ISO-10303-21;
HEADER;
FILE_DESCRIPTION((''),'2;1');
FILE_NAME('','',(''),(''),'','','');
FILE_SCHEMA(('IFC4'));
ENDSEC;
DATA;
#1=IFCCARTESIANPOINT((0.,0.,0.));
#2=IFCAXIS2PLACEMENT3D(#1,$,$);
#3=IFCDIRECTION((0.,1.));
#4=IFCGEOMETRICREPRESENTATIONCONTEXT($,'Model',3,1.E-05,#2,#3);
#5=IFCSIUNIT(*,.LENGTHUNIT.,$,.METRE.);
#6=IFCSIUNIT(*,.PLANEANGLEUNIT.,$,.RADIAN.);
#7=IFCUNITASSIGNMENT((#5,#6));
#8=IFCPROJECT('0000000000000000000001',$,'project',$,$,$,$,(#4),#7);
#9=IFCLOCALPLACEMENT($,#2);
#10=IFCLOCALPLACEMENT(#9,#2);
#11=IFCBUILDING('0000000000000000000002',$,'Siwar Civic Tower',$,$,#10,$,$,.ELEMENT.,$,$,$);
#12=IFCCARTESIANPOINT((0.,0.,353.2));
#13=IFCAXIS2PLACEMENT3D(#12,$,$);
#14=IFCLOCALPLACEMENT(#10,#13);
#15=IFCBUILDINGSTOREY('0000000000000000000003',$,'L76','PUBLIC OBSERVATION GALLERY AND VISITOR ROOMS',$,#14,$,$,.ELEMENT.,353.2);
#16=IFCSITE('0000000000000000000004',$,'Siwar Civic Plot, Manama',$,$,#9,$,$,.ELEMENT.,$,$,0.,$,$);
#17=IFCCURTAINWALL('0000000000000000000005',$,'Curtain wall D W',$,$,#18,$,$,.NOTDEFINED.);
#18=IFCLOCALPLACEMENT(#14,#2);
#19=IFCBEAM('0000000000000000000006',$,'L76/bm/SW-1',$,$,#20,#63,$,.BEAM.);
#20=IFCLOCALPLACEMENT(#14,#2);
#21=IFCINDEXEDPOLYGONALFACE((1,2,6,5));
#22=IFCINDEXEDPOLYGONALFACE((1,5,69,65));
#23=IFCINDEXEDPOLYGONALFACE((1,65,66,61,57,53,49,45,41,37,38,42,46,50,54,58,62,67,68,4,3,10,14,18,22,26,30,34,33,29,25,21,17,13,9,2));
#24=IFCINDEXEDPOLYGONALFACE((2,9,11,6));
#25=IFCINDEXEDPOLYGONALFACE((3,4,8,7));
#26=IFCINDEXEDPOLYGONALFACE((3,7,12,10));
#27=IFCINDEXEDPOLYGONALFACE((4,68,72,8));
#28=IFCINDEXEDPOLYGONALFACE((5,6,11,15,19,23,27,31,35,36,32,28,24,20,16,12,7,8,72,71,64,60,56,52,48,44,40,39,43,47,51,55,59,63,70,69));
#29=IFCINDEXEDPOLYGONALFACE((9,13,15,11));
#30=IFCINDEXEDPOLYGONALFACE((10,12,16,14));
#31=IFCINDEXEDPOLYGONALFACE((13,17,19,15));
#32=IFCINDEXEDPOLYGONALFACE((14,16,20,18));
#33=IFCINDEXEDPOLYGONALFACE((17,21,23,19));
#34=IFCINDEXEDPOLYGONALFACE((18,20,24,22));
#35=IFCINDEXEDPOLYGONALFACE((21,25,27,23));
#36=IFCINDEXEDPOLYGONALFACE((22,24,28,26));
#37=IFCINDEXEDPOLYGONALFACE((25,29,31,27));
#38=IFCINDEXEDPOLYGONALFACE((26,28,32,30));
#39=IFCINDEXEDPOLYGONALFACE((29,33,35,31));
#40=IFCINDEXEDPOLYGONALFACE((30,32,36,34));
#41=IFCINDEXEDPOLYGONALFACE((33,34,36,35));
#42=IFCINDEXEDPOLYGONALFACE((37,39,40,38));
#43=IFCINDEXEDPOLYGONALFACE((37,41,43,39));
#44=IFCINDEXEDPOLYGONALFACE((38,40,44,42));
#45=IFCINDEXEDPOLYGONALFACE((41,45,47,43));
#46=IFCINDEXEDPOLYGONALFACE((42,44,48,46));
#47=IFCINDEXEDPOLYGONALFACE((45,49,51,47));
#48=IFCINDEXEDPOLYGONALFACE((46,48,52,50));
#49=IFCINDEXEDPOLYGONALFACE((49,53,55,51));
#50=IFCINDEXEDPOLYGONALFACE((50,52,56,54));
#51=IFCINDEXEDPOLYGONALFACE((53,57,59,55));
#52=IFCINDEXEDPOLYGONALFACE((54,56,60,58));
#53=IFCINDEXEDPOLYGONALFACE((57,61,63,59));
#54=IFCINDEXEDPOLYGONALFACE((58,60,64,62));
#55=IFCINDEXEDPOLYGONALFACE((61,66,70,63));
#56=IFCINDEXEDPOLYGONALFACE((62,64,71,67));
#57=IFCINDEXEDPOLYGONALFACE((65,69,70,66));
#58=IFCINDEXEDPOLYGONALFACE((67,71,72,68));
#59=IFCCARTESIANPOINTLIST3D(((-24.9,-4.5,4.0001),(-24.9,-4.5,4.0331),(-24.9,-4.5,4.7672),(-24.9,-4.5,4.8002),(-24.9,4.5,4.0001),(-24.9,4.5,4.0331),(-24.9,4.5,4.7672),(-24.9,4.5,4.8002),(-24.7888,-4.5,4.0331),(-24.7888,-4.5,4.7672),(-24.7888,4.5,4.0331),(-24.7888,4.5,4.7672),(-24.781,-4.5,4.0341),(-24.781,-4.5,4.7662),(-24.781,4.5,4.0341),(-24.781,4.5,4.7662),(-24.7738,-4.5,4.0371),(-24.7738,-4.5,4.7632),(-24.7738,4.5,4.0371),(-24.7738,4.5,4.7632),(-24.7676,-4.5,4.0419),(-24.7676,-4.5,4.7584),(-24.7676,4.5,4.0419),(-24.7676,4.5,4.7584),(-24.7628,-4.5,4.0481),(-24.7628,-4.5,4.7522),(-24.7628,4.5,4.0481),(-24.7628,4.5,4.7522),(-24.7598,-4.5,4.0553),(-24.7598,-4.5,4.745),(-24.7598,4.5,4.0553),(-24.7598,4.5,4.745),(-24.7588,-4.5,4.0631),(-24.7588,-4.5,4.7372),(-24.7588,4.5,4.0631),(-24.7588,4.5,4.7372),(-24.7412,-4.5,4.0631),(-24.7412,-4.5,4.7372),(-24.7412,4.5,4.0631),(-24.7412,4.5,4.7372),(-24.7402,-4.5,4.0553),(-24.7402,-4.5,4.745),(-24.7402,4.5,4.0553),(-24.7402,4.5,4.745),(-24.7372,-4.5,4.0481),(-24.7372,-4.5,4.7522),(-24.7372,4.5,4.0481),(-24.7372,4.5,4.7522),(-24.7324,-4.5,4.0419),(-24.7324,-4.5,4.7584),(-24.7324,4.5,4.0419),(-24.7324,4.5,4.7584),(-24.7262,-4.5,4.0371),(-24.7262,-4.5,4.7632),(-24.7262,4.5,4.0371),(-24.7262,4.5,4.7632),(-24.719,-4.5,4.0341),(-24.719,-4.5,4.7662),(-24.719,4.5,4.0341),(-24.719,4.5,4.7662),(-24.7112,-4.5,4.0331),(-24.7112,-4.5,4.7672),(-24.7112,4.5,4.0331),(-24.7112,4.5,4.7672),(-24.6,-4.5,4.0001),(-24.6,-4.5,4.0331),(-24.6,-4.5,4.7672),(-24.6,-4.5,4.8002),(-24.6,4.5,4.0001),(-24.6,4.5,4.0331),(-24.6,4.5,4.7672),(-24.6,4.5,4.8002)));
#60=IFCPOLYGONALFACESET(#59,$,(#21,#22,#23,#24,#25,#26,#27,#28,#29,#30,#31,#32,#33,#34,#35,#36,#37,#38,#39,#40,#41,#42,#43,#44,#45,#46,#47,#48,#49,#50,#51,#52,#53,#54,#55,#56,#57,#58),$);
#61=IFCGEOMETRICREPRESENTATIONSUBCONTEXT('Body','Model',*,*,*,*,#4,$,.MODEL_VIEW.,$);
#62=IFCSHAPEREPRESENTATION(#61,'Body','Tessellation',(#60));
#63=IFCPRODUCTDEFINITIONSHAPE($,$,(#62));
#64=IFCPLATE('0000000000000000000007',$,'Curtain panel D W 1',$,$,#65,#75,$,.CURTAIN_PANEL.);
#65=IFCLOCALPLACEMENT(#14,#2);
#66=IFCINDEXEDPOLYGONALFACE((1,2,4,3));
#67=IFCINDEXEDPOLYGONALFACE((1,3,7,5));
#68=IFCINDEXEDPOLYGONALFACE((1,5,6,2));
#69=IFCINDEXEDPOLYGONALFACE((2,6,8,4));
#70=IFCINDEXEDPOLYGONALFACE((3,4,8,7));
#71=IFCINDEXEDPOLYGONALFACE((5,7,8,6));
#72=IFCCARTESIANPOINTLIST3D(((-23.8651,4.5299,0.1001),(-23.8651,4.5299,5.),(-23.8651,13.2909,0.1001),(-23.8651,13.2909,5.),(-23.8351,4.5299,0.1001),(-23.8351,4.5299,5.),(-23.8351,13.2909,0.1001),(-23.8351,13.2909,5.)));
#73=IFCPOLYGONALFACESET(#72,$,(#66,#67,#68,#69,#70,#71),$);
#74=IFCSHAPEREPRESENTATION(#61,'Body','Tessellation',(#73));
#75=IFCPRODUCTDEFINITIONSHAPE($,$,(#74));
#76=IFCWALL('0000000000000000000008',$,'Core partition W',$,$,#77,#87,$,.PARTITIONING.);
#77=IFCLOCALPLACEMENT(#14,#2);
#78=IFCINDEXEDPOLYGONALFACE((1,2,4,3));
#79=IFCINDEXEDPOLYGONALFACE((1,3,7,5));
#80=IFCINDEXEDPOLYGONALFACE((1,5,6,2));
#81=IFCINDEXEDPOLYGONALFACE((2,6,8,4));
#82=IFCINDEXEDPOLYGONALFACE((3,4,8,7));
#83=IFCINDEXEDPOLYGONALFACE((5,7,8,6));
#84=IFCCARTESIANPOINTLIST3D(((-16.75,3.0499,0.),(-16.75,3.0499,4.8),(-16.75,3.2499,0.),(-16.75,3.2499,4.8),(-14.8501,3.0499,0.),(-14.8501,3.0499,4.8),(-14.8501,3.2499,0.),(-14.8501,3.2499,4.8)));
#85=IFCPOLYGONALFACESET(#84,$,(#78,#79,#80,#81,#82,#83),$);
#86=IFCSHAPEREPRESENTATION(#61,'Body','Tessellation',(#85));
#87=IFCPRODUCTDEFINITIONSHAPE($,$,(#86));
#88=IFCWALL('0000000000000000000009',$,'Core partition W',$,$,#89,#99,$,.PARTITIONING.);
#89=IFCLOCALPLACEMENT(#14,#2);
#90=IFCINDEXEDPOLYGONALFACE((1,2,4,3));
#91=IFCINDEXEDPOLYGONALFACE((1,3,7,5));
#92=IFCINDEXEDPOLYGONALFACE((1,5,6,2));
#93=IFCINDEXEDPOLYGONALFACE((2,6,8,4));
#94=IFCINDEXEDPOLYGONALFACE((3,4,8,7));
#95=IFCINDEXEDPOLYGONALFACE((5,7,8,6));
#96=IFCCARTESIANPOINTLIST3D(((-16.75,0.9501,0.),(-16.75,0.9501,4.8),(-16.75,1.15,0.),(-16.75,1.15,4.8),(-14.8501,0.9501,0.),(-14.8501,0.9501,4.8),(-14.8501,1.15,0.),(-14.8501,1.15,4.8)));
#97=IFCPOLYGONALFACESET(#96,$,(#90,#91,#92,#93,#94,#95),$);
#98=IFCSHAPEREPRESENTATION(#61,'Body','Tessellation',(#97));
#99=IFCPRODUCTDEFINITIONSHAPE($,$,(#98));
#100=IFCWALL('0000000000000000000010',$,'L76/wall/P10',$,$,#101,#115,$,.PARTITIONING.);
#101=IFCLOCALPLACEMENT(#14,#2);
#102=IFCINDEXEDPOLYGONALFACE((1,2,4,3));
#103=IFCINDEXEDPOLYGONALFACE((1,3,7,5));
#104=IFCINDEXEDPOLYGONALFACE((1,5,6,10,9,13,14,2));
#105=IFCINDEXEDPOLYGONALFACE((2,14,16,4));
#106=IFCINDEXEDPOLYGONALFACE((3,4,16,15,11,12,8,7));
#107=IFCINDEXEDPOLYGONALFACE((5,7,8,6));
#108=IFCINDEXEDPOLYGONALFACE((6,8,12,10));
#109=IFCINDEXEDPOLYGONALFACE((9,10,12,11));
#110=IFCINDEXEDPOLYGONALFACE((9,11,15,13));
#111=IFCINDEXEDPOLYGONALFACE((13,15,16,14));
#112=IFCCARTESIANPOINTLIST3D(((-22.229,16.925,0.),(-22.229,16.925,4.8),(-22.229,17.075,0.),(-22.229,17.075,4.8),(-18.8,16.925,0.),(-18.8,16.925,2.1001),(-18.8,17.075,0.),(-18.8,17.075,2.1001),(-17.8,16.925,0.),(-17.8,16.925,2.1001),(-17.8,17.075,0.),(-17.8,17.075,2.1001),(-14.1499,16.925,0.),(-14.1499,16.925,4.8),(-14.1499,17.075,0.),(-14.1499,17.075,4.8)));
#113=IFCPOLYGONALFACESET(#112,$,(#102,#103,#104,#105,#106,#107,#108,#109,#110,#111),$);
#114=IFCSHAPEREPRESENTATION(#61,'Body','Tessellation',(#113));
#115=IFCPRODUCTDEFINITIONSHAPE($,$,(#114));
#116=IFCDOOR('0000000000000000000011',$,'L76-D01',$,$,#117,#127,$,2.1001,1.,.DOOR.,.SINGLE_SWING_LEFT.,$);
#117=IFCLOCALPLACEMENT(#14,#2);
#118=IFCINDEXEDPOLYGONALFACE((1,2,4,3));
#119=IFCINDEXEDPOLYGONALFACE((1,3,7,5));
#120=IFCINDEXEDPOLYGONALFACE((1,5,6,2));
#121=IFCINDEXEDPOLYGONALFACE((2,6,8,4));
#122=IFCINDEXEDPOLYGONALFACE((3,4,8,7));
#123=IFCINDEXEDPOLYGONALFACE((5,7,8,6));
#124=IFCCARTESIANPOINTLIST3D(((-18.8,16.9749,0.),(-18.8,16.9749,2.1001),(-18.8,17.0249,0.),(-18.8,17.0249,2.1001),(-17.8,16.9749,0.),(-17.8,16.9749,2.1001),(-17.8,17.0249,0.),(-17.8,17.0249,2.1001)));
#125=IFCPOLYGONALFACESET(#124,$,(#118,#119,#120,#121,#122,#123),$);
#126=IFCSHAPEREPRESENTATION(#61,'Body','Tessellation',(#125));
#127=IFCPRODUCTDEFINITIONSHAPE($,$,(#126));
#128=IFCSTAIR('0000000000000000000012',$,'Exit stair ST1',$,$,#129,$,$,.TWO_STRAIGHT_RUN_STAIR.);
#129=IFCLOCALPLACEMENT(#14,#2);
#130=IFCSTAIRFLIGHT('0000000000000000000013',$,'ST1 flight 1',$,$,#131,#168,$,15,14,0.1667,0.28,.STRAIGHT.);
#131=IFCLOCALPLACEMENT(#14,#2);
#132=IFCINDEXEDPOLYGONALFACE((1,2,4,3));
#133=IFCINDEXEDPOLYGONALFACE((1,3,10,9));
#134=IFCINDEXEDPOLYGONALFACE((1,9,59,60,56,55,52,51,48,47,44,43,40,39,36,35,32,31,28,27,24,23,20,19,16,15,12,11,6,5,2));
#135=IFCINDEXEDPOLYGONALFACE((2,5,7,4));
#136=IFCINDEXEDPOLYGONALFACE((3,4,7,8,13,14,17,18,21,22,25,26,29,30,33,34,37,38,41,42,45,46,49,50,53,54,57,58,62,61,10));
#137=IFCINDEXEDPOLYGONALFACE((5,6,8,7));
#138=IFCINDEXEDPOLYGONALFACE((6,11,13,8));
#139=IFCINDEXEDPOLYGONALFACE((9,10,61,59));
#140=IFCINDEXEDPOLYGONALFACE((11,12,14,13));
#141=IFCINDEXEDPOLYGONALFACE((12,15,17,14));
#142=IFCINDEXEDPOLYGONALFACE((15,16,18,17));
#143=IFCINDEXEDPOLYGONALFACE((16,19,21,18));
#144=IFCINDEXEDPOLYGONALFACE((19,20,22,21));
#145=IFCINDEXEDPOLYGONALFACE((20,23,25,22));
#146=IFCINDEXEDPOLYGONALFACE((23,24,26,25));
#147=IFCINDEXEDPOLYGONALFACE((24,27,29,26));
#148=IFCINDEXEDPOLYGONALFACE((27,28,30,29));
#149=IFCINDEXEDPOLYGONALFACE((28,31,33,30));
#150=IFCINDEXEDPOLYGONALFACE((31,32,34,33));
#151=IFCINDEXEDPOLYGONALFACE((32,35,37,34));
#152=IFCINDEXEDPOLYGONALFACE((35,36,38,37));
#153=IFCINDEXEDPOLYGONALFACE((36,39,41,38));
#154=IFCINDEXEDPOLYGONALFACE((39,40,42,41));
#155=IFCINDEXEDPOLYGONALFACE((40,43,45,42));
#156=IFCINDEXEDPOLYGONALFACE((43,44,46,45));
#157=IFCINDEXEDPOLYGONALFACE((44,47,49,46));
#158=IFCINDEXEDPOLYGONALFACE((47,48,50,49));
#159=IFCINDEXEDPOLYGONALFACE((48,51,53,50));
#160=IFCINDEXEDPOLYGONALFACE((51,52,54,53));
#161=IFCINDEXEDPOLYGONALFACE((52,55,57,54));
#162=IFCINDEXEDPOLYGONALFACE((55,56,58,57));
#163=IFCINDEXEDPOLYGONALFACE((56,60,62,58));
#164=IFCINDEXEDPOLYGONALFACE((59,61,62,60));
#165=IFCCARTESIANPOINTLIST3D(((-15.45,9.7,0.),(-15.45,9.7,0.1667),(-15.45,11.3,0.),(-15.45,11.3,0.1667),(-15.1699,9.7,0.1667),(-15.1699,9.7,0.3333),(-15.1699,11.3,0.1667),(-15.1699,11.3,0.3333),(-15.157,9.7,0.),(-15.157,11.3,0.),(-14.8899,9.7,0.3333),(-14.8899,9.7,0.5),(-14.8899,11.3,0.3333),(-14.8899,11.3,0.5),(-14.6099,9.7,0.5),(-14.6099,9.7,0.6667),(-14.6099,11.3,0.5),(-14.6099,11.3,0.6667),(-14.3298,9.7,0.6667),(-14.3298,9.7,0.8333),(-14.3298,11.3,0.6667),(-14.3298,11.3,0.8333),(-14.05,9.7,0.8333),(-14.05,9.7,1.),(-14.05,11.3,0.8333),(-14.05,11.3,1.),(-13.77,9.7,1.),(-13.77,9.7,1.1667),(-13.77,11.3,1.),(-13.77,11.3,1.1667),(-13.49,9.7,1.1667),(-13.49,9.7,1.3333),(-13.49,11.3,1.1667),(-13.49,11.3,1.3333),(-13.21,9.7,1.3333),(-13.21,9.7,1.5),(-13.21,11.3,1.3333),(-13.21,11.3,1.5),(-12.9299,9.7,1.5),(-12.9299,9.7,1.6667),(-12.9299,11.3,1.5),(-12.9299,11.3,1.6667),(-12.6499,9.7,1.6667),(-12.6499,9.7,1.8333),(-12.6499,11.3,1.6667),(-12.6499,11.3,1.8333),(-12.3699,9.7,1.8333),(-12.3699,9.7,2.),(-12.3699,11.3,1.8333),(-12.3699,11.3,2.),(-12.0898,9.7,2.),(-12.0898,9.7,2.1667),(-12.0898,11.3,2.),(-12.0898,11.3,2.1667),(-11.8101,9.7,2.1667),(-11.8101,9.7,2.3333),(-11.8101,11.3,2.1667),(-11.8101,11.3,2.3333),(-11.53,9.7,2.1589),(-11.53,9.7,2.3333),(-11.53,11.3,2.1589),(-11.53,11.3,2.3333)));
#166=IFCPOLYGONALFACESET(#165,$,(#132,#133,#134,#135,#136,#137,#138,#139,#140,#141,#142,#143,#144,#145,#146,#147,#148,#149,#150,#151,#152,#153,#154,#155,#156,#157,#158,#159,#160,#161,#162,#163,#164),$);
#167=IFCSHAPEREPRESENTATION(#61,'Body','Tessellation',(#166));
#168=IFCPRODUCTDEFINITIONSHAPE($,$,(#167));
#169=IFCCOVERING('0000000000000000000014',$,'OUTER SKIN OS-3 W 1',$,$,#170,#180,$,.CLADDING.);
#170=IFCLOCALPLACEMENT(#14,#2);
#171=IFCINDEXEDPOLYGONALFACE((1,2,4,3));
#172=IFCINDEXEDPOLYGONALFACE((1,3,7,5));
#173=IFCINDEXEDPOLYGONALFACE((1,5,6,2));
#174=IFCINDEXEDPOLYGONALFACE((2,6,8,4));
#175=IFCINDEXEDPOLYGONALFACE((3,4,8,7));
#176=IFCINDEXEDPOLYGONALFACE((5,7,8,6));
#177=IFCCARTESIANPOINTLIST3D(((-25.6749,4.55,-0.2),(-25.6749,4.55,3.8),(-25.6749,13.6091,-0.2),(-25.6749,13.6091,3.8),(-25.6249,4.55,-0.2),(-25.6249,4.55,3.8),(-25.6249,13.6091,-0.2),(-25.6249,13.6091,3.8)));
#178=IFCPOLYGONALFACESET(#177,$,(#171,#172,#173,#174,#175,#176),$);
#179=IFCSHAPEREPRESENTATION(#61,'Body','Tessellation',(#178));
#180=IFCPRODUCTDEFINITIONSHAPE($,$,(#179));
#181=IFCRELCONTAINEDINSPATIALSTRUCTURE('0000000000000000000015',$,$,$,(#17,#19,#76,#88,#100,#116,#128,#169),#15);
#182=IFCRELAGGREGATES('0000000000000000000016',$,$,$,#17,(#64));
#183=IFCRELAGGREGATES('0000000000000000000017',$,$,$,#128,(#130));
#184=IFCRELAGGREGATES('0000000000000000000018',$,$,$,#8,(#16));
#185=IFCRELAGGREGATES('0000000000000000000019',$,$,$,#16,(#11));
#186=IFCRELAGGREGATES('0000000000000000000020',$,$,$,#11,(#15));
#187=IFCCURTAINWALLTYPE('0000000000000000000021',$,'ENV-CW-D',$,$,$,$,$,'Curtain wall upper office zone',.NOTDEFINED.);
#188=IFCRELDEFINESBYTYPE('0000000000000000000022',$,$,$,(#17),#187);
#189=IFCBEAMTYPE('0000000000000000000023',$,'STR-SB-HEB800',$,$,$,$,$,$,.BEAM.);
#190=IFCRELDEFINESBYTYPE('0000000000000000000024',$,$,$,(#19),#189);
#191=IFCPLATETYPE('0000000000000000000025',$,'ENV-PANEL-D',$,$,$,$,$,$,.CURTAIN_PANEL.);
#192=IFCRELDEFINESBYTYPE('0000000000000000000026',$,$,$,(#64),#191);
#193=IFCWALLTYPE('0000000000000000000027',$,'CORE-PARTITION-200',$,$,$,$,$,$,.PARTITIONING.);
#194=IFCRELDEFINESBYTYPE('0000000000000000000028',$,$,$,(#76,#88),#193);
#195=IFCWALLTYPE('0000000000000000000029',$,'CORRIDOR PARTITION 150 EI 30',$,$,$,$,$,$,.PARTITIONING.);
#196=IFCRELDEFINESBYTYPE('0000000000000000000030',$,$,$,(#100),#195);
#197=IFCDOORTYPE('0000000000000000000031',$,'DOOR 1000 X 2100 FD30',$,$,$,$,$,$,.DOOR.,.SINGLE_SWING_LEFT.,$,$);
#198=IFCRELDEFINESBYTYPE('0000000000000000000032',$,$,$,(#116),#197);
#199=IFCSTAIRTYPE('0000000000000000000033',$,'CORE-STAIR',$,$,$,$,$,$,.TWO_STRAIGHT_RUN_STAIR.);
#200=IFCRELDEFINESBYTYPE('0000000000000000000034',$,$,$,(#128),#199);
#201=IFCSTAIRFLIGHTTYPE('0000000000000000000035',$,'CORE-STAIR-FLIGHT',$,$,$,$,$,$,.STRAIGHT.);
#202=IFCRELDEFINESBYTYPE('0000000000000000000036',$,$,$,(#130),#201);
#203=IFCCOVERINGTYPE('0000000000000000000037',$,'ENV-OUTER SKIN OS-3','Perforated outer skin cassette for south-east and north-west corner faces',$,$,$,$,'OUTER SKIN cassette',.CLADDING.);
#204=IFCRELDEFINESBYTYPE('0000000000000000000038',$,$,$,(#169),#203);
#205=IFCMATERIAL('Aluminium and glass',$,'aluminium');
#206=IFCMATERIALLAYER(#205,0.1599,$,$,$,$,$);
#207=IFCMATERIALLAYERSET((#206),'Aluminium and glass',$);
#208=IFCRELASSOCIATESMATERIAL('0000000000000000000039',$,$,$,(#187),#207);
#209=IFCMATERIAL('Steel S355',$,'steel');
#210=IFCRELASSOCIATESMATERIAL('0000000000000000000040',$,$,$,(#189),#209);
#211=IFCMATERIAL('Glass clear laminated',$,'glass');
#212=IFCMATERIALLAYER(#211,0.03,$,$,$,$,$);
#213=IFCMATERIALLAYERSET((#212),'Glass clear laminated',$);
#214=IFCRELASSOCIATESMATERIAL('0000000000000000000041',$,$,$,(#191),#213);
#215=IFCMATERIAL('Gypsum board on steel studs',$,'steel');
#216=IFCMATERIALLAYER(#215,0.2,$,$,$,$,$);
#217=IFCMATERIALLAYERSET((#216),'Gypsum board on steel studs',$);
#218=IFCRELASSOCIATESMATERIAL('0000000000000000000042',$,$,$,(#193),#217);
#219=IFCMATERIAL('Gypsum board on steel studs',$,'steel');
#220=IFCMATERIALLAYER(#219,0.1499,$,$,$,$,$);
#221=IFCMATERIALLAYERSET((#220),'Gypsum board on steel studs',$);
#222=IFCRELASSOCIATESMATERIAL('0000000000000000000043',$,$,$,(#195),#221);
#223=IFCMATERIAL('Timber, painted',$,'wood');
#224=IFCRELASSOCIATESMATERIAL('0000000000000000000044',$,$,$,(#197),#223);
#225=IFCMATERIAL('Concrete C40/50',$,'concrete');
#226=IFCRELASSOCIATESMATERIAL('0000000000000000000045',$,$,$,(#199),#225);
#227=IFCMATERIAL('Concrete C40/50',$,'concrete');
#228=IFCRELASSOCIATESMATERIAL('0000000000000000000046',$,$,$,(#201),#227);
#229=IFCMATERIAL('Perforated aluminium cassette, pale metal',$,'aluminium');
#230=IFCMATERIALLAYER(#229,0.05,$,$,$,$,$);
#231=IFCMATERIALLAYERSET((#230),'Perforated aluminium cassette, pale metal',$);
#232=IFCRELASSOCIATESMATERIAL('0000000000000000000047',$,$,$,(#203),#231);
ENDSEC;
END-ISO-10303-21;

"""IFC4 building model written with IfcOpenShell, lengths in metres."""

from ifc_helpers import new_model, si_unit, direction, frame, frame_2d, origin, origin_2d, place, context, subcontext, project, spatial, polyline, rectangle, i_section, outline, extrude, material, layer, layer_set, material_profile, profile_set, type_object, element, fill, aggregate, save


model = new_model("IFC4")

# Units and contexts
model_context = context("Model", 3, precision=1e-05, world=origin(), true_north=direction((0.0, 1.0)))
body_context = subcontext(model_context, "Body", "Model", "MODEL_VIEW")
ifc_project = project(units=[si_unit("LENGTHUNIT", "METRE"), si_unit("PLANEANGLEUNIT", "RADIAN")], contexts=[model_context])

# Site, building, storey
site_placement = place(None, origin())
site = spatial("IfcSite", under=ifc_project, at=site_placement, Name="Siwar Civic Plot, Manama", CompositionType="ELEMENT", RefElevation=0.0)
building_placement = place(site_placement, origin())
building = spatial("IfcBuilding", under=site, at=building_placement, Name="Siwar Civic Tower", CompositionType="ELEMENT")
storey_placement = place(building_placement, frame((0.0, 0.0, 353.2)))
storey = spatial("IfcBuildingStorey", under=building, at=storey_placement, Name="L76", Description="PUBLIC OBSERVATION GALLERY AND VISITOR ROOMS", CompositionType="ELEMENT", Elevation=353.2)

# Curtain wall
ifc_material_1 = material(Name="Aluminium and glass", Category="aluminium")
ifc_layer_1 = layer(ifc_material_1, 0.1599)
ifc_layer_set_1 = layer_set([ifc_layer_1], Name="Aluminium and glass")
curtain_wall_type = type_object("IfcCurtainWallType", Name="ENV-CW-D", ElementType="Curtain wall upper office zone", PredefinedType="NOTDEFINED", material=ifc_layer_set_1)
curtain_wall_placement = place(storey_placement, origin())
curtain_wall = element("IfcCurtainWall", 1, at=curtain_wall_placement, inside=storey, type_object=curtain_wall_type, Name="Curtain wall D W", PredefinedType="NOTDEFINED")

# Beam
ifc_material_2 = material(Name="Steel S355", Category="steel")
ifc_material_profile_1 = material_profile(ifc_material_2, i_section(OverallWidth=0.3, OverallDepth=0.8, WebThickness=0.0176, FlangeThickness=0.033, FilletRadius=0.03, at=origin_2d()), Name="HEB800")
ifc_profile_set_1 = profile_set([ifc_material_profile_1], Name="Steel S355")
beam_type_1 = type_object("IfcBeamType", Name="STR-SB-HEB800", PredefinedType="BEAM", material=ifc_profile_set_1)
for number, where, z_axis, x_axis, name in (
    (2, (-24.75, 4.5, 4.4001), (0.0, -1.0, 0.0), (1.0, 0.0, 0.0), "L76/bm/SW-1"),
):
    element("IfcBeam", number, at=place(storey_placement, frame(where, z_axis=z_axis, x_axis=x_axis)), inside=storey, type_object=beam_type_1, Name=name, PredefinedType="BEAM", context=body_context, shape_type="SweptSolid", body=[
        extrude(i_section(OverallWidth=0.3, OverallDepth=0.8, WebThickness=0.0176, FlangeThickness=0.033, FilletRadius=0.03, at=origin_2d()), origin(), (0.0, 0.0, 1.0), 9.0),
    ])

# Plate
ifc_material_3 = material(Name="Glass clear laminated", Category="glass")
ifc_layer_2 = layer(ifc_material_3, 0.03)
ifc_layer_set_2 = layer_set([ifc_layer_2], Name="Glass clear laminated")
plate_type = type_object("IfcPlateType", Name="ENV-PANEL-D", PredefinedType="CURTAIN_PANEL", material=ifc_layer_set_2)
plate_placement = place(storey_placement, frame((-23.8501, 8.9104, 0.1001), z_axis=(0.0, 0.0, 1.0), x_axis=(0.0, -1.0, 0.0)))
plate = element("IfcPlate", 3, at=plate_placement, type_object=plate_type, Name="Curtain panel D W 1", PredefinedType="CURTAIN_PANEL", context=body_context, shape_type="SweptSolid", body=[
    extrude(rectangle(XDim=8.761, YDim=0.03, at=origin_2d()), origin(), (0.0, 0.0, 1.0), 4.8999),
])
aggregate(curtain_wall, [plate])

# Walls
ifc_material_4 = material(Name="Gypsum board on steel studs", Category="steel")
ifc_layer_3 = layer(ifc_material_4, 0.2)
ifc_layer_set_3 = layer_set([ifc_layer_3], Name="Gypsum board on steel studs")
wall_type_1 = type_object("IfcWallType", Name="CORE-PARTITION-200", PredefinedType="PARTITIONING", material=ifc_layer_set_3)
for number, where, z_axis, x_axis, name in (
    (4, (-14.8501, 3.1499, 0.0), (0.0, 0.0, 1.0), (-1.0, 0.0, 0.0), "Core partition W"),
    (5, (-14.8501, 1.05, 0.0), (0.0, 0.0, 1.0), (-1.0, 0.0, 0.0), "Core partition W"),
):
    element("IfcWall", number, at=place(storey_placement, frame(where, z_axis=z_axis, x_axis=x_axis)), inside=storey, type_object=wall_type_1, Name=name, PredefinedType="PARTITIONING", context=body_context, shape_type="SweptSolid", body=[
        extrude(rectangle(XDim=1.8999, YDim=0.2, at=frame_2d((0.95, 0.0))), origin(), (0.0, 0.0, 1.0), 4.8),
    ])

# Wall, opening, door
ifc_material_5 = material(Name="Gypsum board on steel studs", Category="steel")
ifc_layer_4 = layer(ifc_material_5, 0.1499)
ifc_layer_set_4 = layer_set([ifc_layer_4], Name="Gypsum board on steel studs")
wall_type_2 = type_object("IfcWallType", Name="CORRIDOR PARTITION 150 EI 30", PredefinedType="PARTITIONING", material=ifc_layer_set_4)
wall_placement = place(storey_placement, frame((-22.229, 17.0, 0.0), z_axis=(0.0, 0.0, 1.0), x_axis=(1.0, 0.0, 0.0)))
wall = element("IfcWall", 6, at=wall_placement, inside=storey, type_object=wall_type_2, Name="L76/wall/P10", PredefinedType="PARTITIONING", context=body_context, shape_type="SweptSolid", body=[
    extrude(rectangle(XDim=8.0791, YDim=0.1499, at=frame_2d((4.0396, 0.0))), origin(), (0.0, 0.0, 1.0), 4.8),
])
opening_placement = place(wall_placement, frame((3.429, 0.0, 0.0)))
opening = element("IfcOpeningElement", 7, at=opening_placement, cuts=wall, PredefinedType="OPENING", context=body_context, shape_type="SweptSolid", body=[
    extrude(rectangle(XDim=1.0, YDim=2.1001, at=frame_2d((0.5, 1.05))), frame((0.0, 0.085, 0.0), z_axis=(0.0, -1.0, 0.0), x_axis=(1.0, 0.0, 0.0)), (0.0, 0.0, 1.0), 0.1699),
])
ifc_material_6 = material(Name="Timber, painted", Category="wood")
door_type = type_object("IfcDoorType", Name="DOOR 1000 X 2100 FD30", OperationType="SINGLE_SWING_LEFT", PredefinedType="DOOR", material=ifc_material_6)
door_placement = place(opening_placement, origin())
door = element("IfcDoor", 8, at=door_placement, inside=storey, type_object=door_type, Name="L76-D01", OperationType="SINGLE_SWING_LEFT", OverallHeight=2.1001, OverallWidth=1.0, PredefinedType="DOOR", context=body_context, shape_type="SweptSolid", body=[
    extrude(rectangle(XDim=1.0, YDim=2.1001, at=frame_2d((0.5, 1.05))), frame((0.0, 0.0249, 0.0), z_axis=(0.0, -1.0, 0.0), x_axis=(1.0, 0.0, 0.0)), (0.0, 0.0, 1.0), 0.05),
])
fill(opening, door)

# Stair, stair flight
ifc_material_7 = material(Name="Concrete C40/50", Category="concrete")
stair_type = type_object("IfcStairType", Name="CORE-STAIR", PredefinedType="TWO_STRAIGHT_RUN_STAIR", material=ifc_material_7)
stair_placement = place(storey_placement, origin())
stair = element("IfcStair", 9, at=stair_placement, inside=storey, type_object=stair_type, Name="Exit stair ST1", PredefinedType="TWO_STRAIGHT_RUN_STAIR")
ifc_material_8 = material(Name="Concrete C40/50", Category="concrete")
stair_flight_type = type_object("IfcStairFlightType", Name="CORE-STAIR-FLIGHT", PredefinedType="STRAIGHT", material=ifc_material_8)
stair_flight_placement = place(storey_placement, frame((-15.45, 10.5, 0.0), z_axis=(0.0, 0.0, 1.0), x_axis=(1.0, 0.0, 0.0)))
stair_flight = element("IfcStairFlight", 10, at=stair_flight_placement, type_object=stair_flight_type, Name="ST1 flight 1", NumberOfRisers=15, NumberOfTreads=14, PredefinedType="STRAIGHT", RiserHeight=0.1667, TreadLength=0.28, context=body_context, shape_type="SweptSolid", body=[
    extrude(outline(polyline([(0.0, 0.0), (0.0, 0.1667), (0.28, 0.1667), (0.28, 0.3333), (0.5601, 0.3333), (0.5601, 0.5), (0.8401, 0.5), (0.8401, 0.6667), (1.1201, 0.6667), (1.1201, 0.8333), (1.3999, 0.8333), (1.3999, 1.0), (1.6799, 1.0), (1.6799, 1.1667), (1.96, 1.1667), (1.96, 1.3333), (2.24, 1.3333), (2.24, 1.5), (2.52, 1.5), (2.52, 1.6667), (2.8, 1.6667), (2.8, 1.8333), (3.0801, 1.8333), (3.0801, 2.0), (3.3601, 2.0), (3.3601, 2.1667), (3.6399, 2.1667), (3.6399, 2.3333), (3.9199, 2.3333), (3.9199, 2.5), (3.9199, 2.1589), (0.293, 0.0), (0.0, 0.0)])), frame((0.0, 0.8, 0.0), z_axis=(0.0, -1.0, 0.0), x_axis=(1.0, 0.0, 0.0)), (0.0, 0.0, 1.0), 1.6001),
])
aggregate(stair, [stair_flight])

# Covering
ifc_material_9 = material(Name="Perforated aluminium cassette, pale metal", Category="aluminium")
ifc_layer_5 = layer(ifc_material_9, 0.05)
ifc_layer_set_5 = layer_set([ifc_layer_5], Name="Perforated aluminium cassette, pale metal")
covering_type = type_object("IfcCoveringType", Name="ENV-OUTER SKIN OS-3", Description="Perforated outer skin cassette for south-east and north-west corner faces", ElementType="OUTER SKIN cassette", PredefinedType="CLADDING", material=ifc_layer_set_5)
covering_placement = place(storey_placement, frame((-25.6499, 9.0796, -0.2), z_axis=(0.0, 0.0, 1.0), x_axis=(0.0, -1.0, 0.0)))
element("IfcCovering", 11, at=covering_placement, inside=storey, type_object=covering_type, Name="OUTER SKIN OS-3 W 1", PredefinedType="CLADDING", context=body_context, shape_type="SweptSolid", body=[
    extrude(rectangle(XDim=9.0591, YDim=0.05, at=origin_2d()), origin(), (0.0, 0.0, 1.0), 4.0),
])

save(model, "model.ifc")
